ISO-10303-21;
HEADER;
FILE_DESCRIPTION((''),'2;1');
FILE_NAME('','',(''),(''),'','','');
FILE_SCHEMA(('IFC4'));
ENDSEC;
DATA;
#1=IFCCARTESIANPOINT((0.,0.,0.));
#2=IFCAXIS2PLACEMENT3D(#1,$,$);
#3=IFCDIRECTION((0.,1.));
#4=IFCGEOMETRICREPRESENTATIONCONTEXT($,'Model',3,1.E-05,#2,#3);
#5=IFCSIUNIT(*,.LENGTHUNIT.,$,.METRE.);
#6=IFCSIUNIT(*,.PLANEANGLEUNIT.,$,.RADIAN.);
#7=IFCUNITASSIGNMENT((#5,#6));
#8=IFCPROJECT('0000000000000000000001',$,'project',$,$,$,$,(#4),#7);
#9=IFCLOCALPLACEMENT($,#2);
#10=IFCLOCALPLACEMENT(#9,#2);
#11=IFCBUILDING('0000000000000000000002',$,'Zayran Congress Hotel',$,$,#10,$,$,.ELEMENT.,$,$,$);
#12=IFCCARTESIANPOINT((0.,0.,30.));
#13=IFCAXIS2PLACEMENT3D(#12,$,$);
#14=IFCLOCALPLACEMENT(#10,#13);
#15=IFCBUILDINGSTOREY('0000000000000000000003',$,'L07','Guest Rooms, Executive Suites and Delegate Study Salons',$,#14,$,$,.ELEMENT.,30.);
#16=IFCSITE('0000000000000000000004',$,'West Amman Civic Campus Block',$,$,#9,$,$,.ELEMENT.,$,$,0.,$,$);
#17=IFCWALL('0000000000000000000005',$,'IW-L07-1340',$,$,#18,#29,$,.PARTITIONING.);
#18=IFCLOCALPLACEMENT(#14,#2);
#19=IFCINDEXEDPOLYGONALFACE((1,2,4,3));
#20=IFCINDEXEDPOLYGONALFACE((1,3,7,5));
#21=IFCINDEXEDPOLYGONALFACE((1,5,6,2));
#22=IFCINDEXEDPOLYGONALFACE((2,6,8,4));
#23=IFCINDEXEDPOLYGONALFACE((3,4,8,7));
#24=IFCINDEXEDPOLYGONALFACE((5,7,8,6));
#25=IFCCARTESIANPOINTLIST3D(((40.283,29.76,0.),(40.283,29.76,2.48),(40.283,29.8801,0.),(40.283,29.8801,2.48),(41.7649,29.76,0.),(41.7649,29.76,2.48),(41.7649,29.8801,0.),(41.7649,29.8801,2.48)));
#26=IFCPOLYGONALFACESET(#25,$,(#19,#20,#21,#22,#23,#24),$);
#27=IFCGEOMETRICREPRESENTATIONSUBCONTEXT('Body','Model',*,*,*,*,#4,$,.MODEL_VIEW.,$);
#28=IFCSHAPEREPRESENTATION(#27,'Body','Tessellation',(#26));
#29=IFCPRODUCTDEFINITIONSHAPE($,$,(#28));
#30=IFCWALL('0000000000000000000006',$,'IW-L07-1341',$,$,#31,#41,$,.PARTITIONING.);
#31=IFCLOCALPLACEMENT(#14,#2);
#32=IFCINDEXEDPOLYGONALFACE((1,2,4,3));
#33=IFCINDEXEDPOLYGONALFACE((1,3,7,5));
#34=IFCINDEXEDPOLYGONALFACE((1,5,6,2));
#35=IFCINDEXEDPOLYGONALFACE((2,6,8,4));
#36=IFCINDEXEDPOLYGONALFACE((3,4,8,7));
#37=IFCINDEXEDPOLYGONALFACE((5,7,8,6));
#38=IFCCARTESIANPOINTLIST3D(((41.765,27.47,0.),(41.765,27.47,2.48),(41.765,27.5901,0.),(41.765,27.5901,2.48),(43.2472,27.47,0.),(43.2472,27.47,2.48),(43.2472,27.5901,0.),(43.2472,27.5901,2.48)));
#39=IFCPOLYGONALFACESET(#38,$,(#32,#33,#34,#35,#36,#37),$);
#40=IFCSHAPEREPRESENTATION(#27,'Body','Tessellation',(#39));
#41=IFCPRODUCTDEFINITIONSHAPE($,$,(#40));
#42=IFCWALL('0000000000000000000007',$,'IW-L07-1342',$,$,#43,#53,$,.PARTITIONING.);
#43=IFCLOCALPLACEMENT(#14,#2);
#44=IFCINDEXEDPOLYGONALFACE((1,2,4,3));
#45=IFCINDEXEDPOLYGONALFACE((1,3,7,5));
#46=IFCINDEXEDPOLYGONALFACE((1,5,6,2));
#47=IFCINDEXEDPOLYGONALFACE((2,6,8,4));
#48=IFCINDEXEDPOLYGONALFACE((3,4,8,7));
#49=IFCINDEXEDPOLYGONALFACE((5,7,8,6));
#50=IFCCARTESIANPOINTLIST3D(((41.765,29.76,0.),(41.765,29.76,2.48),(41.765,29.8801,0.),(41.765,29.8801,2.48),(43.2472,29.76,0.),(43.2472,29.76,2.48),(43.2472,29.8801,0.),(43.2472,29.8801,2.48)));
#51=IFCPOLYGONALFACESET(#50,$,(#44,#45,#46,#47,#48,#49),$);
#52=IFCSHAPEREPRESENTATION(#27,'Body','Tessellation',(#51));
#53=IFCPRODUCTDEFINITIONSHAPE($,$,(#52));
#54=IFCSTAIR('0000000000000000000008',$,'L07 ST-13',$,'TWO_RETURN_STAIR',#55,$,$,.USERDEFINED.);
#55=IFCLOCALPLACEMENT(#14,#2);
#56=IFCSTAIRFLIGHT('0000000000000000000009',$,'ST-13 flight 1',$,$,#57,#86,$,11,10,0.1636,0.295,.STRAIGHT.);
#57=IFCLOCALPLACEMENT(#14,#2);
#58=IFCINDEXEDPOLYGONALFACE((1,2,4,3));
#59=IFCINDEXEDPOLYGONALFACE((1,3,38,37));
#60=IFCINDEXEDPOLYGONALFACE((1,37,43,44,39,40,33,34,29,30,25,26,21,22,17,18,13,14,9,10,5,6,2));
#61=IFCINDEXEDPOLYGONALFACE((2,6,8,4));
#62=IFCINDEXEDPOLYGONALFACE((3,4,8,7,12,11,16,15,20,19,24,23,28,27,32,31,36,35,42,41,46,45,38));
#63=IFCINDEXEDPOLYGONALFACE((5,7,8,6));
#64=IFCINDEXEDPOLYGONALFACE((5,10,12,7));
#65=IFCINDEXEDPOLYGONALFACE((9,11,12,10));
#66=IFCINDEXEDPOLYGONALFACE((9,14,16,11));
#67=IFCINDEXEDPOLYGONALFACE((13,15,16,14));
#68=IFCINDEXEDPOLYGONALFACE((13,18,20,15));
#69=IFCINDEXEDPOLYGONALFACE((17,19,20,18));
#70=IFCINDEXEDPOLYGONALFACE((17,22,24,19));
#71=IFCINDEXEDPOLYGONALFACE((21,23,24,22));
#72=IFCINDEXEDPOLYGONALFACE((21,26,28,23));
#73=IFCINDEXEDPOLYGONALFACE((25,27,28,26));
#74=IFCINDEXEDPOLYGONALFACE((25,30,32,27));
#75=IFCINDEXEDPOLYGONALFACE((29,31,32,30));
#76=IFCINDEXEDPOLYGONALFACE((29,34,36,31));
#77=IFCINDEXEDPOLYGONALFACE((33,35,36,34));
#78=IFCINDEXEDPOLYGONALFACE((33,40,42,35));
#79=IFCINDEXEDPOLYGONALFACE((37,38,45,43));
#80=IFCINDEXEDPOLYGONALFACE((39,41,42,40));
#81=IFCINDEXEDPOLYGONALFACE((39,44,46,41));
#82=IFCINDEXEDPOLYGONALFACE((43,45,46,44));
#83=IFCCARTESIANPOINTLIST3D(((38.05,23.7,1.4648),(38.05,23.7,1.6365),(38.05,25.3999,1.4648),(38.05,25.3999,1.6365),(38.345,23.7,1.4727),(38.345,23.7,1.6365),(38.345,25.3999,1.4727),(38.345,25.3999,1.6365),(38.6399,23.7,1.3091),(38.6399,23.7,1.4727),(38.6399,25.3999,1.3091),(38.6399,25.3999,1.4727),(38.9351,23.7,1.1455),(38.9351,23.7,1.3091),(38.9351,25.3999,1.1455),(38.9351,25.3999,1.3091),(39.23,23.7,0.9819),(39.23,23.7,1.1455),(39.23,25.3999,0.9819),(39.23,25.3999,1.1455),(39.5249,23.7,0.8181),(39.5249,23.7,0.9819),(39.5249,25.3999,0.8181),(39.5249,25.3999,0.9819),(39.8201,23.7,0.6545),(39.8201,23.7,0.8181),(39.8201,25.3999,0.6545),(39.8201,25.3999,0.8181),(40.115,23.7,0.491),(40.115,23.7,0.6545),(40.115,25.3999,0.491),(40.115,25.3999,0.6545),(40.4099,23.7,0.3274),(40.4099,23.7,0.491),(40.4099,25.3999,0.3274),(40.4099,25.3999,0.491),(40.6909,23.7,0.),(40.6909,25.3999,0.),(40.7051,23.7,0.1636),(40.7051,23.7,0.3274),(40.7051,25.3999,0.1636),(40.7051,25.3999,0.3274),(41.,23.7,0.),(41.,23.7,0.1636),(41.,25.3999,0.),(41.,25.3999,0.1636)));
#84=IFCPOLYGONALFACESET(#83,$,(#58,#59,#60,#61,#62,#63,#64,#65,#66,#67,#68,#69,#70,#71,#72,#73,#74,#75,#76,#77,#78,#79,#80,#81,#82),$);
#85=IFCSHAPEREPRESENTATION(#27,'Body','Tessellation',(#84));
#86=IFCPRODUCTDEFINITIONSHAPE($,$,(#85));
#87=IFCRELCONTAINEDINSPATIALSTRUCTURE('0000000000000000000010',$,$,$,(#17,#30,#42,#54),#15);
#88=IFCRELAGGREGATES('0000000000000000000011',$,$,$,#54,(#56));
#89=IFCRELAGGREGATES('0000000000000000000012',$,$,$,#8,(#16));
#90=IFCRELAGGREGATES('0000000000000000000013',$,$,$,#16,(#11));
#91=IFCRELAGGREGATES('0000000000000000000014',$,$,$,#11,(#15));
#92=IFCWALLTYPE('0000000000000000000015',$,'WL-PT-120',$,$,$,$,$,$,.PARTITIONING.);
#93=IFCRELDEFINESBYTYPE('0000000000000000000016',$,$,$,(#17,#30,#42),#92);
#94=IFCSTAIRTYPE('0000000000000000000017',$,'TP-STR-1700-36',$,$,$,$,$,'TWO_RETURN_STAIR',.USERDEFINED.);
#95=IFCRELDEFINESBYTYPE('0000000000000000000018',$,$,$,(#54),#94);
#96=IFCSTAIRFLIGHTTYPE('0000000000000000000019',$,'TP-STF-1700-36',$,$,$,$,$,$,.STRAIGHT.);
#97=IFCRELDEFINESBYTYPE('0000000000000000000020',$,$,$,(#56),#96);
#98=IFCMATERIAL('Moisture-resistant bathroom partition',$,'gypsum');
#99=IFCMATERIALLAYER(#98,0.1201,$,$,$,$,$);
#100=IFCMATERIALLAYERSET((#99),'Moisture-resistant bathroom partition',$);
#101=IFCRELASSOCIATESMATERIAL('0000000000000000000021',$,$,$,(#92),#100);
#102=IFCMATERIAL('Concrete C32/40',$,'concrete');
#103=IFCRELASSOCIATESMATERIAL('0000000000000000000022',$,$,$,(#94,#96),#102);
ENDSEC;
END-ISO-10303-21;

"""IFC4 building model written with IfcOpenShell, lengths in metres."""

from ifc_helpers import new_model, si_unit, direction, frame, frame_2d, origin, place, context, subcontext, project, spatial, polyline, rectangle, outline, extrude, material, layer, layer_set, type_object, element, aggregate, save


model = new_model("IFC4")

# Units and contexts
model_context = context("Model", 3, precision=1e-05, world=origin(), true_north=direction((0.0, 1.0)))
body_context = subcontext(model_context, "Body", "Model", "MODEL_VIEW")
ifc_project = project(units=[si_unit("LENGTHUNIT", "METRE"), si_unit("PLANEANGLEUNIT", "RADIAN")], contexts=[model_context])

# Site, building, storey
site_placement = place(None, origin())
site = spatial("IfcSite", under=ifc_project, at=site_placement, Name="West Amman Civic Campus Block", CompositionType="ELEMENT", RefElevation=0.0)
building_placement = place(site_placement, origin())
building = spatial("IfcBuilding", under=site, at=building_placement, Name="Zayran Congress Hotel", CompositionType="ELEMENT")
storey_placement = place(building_placement, frame((0.0, 0.0, 30.0)))
storey = spatial("IfcBuildingStorey", under=building, at=storey_placement, Name="L07", Description="Guest Rooms, Executive Suites and Delegate Study Salons", CompositionType="ELEMENT", Elevation=30.0)

# Shared definitions
ifc_material_1 = material(Name="Moisture-resistant bathroom partition", Category="gypsum")
ifc_layer_1 = layer(ifc_material_1, 0.1201)
ifc_layer_set_1 = layer_set([ifc_layer_1], Name="Moisture-resistant bathroom partition")
wall_type_1 = type_object("IfcWallType", Name="WL-PT-120", PredefinedType="PARTITIONING", material=ifc_layer_set_1)

# Walls
wall_1_placement = place(storey_placement, frame((40.283, 29.8201, 0.0), z_axis=(0.0, 0.0, 1.0), x_axis=(1.0, 0.0, 0.0)))
element("IfcWall", 1, at=wall_1_placement, inside=storey, type_object=wall_type_1, Name="IW-L07-1340", PredefinedType="PARTITIONING", context=body_context, shape_type="SweptSolid", body=[
    extrude(rectangle(XDim=1.4819, YDim=0.1201, at=frame_2d((0.741, 0.0))), origin(), (0.0, 0.0, 1.0), 2.48),
])
for number, where, z_axis, x_axis, name in (
    (2, (41.7649, 27.53, 0.0), (0.0, 0.0, 1.0), (1.0, 0.0, 0.0), "IW-L07-1341"),
    (3, (41.7649, 29.8201, 0.0), (0.0, 0.0, 1.0), (1.0, 0.0, 0.0), "IW-L07-1342"),
):
    element("IfcWall", number, at=place(storey_placement, frame(where, z_axis=z_axis, x_axis=x_axis)), inside=storey, type_object=wall_type_1, Name=name, PredefinedType="PARTITIONING", context=body_context, shape_type="SweptSolid", body=[
        extrude(rectangle(XDim=1.4822, YDim=0.1201, at=frame_2d((0.7412, 0.0))), origin(), (0.0, 0.0, 1.0), 2.48),
    ])

# Stair, stair flight
ifc_material_2 = material(Name="Concrete C32/40", Category="concrete")
stair_type = type_object("IfcStairType", Name="TP-STR-1700-36", ElementType="TWO_RETURN_STAIR", PredefinedType="USERDEFINED", material=ifc_material_2)
stair_placement = place(storey_placement, origin())
stair = element("IfcStair", 4, at=stair_placement, inside=storey, type_object=stair_type, Name="L07 ST-13", ObjectType="TWO_RETURN_STAIR", PredefinedType="USERDEFINED")
stair_flight_type = type_object("IfcStairFlightType", Name="TP-STF-1700-36", PredefinedType="STRAIGHT", material=ifc_material_2)
stair_flight_placement = place(storey_placement, frame((41.0, 24.55, 0.0), z_axis=(0.0, 0.0, 1.0), x_axis=(-1.0, 0.0, 0.0)))
stair_flight = element("IfcStairFlight", 5, at=stair_flight_placement, type_object=stair_flight_type, Name="ST-13 flight 1", NumberOfRisers=11, NumberOfTreads=10, PredefinedType="STRAIGHT", RiserHeight=0.1636, TreadLength=0.295, context=body_context, shape_type="SweptSolid", body=[
    extrude(outline(polyline([(0.0, 0.0), (0.0, 0.1636), (0.2949, 0.1636), (0.2949, 0.3274), (0.5901, 0.3274), (0.5901, 0.491), (0.885, 0.491), (0.885, 0.6545), (1.1799, 0.6545), (1.1799, 0.8181), (1.4751, 0.8181), (1.4751, 0.9819), (1.77, 0.9819), (1.77, 1.1455), (2.0649, 1.1455), (2.0649, 1.3091), (2.3601, 1.3091), (2.3601, 1.4727), (2.655, 1.4727), (2.655, 1.6365), (2.95, 1.6365), (2.95, 1.8), (2.95, 1.4648), (0.3091, 0.0), (0.0, 0.0)])), frame((0.0, 0.8501, 0.0), z_axis=(0.0, -1.0, 0.0), x_axis=(1.0, 0.0, 0.0)), (0.0, 0.0, 1.0), 1.7),
])
aggregate(stair, [stair_flight])

save(model, "model.ifc")
